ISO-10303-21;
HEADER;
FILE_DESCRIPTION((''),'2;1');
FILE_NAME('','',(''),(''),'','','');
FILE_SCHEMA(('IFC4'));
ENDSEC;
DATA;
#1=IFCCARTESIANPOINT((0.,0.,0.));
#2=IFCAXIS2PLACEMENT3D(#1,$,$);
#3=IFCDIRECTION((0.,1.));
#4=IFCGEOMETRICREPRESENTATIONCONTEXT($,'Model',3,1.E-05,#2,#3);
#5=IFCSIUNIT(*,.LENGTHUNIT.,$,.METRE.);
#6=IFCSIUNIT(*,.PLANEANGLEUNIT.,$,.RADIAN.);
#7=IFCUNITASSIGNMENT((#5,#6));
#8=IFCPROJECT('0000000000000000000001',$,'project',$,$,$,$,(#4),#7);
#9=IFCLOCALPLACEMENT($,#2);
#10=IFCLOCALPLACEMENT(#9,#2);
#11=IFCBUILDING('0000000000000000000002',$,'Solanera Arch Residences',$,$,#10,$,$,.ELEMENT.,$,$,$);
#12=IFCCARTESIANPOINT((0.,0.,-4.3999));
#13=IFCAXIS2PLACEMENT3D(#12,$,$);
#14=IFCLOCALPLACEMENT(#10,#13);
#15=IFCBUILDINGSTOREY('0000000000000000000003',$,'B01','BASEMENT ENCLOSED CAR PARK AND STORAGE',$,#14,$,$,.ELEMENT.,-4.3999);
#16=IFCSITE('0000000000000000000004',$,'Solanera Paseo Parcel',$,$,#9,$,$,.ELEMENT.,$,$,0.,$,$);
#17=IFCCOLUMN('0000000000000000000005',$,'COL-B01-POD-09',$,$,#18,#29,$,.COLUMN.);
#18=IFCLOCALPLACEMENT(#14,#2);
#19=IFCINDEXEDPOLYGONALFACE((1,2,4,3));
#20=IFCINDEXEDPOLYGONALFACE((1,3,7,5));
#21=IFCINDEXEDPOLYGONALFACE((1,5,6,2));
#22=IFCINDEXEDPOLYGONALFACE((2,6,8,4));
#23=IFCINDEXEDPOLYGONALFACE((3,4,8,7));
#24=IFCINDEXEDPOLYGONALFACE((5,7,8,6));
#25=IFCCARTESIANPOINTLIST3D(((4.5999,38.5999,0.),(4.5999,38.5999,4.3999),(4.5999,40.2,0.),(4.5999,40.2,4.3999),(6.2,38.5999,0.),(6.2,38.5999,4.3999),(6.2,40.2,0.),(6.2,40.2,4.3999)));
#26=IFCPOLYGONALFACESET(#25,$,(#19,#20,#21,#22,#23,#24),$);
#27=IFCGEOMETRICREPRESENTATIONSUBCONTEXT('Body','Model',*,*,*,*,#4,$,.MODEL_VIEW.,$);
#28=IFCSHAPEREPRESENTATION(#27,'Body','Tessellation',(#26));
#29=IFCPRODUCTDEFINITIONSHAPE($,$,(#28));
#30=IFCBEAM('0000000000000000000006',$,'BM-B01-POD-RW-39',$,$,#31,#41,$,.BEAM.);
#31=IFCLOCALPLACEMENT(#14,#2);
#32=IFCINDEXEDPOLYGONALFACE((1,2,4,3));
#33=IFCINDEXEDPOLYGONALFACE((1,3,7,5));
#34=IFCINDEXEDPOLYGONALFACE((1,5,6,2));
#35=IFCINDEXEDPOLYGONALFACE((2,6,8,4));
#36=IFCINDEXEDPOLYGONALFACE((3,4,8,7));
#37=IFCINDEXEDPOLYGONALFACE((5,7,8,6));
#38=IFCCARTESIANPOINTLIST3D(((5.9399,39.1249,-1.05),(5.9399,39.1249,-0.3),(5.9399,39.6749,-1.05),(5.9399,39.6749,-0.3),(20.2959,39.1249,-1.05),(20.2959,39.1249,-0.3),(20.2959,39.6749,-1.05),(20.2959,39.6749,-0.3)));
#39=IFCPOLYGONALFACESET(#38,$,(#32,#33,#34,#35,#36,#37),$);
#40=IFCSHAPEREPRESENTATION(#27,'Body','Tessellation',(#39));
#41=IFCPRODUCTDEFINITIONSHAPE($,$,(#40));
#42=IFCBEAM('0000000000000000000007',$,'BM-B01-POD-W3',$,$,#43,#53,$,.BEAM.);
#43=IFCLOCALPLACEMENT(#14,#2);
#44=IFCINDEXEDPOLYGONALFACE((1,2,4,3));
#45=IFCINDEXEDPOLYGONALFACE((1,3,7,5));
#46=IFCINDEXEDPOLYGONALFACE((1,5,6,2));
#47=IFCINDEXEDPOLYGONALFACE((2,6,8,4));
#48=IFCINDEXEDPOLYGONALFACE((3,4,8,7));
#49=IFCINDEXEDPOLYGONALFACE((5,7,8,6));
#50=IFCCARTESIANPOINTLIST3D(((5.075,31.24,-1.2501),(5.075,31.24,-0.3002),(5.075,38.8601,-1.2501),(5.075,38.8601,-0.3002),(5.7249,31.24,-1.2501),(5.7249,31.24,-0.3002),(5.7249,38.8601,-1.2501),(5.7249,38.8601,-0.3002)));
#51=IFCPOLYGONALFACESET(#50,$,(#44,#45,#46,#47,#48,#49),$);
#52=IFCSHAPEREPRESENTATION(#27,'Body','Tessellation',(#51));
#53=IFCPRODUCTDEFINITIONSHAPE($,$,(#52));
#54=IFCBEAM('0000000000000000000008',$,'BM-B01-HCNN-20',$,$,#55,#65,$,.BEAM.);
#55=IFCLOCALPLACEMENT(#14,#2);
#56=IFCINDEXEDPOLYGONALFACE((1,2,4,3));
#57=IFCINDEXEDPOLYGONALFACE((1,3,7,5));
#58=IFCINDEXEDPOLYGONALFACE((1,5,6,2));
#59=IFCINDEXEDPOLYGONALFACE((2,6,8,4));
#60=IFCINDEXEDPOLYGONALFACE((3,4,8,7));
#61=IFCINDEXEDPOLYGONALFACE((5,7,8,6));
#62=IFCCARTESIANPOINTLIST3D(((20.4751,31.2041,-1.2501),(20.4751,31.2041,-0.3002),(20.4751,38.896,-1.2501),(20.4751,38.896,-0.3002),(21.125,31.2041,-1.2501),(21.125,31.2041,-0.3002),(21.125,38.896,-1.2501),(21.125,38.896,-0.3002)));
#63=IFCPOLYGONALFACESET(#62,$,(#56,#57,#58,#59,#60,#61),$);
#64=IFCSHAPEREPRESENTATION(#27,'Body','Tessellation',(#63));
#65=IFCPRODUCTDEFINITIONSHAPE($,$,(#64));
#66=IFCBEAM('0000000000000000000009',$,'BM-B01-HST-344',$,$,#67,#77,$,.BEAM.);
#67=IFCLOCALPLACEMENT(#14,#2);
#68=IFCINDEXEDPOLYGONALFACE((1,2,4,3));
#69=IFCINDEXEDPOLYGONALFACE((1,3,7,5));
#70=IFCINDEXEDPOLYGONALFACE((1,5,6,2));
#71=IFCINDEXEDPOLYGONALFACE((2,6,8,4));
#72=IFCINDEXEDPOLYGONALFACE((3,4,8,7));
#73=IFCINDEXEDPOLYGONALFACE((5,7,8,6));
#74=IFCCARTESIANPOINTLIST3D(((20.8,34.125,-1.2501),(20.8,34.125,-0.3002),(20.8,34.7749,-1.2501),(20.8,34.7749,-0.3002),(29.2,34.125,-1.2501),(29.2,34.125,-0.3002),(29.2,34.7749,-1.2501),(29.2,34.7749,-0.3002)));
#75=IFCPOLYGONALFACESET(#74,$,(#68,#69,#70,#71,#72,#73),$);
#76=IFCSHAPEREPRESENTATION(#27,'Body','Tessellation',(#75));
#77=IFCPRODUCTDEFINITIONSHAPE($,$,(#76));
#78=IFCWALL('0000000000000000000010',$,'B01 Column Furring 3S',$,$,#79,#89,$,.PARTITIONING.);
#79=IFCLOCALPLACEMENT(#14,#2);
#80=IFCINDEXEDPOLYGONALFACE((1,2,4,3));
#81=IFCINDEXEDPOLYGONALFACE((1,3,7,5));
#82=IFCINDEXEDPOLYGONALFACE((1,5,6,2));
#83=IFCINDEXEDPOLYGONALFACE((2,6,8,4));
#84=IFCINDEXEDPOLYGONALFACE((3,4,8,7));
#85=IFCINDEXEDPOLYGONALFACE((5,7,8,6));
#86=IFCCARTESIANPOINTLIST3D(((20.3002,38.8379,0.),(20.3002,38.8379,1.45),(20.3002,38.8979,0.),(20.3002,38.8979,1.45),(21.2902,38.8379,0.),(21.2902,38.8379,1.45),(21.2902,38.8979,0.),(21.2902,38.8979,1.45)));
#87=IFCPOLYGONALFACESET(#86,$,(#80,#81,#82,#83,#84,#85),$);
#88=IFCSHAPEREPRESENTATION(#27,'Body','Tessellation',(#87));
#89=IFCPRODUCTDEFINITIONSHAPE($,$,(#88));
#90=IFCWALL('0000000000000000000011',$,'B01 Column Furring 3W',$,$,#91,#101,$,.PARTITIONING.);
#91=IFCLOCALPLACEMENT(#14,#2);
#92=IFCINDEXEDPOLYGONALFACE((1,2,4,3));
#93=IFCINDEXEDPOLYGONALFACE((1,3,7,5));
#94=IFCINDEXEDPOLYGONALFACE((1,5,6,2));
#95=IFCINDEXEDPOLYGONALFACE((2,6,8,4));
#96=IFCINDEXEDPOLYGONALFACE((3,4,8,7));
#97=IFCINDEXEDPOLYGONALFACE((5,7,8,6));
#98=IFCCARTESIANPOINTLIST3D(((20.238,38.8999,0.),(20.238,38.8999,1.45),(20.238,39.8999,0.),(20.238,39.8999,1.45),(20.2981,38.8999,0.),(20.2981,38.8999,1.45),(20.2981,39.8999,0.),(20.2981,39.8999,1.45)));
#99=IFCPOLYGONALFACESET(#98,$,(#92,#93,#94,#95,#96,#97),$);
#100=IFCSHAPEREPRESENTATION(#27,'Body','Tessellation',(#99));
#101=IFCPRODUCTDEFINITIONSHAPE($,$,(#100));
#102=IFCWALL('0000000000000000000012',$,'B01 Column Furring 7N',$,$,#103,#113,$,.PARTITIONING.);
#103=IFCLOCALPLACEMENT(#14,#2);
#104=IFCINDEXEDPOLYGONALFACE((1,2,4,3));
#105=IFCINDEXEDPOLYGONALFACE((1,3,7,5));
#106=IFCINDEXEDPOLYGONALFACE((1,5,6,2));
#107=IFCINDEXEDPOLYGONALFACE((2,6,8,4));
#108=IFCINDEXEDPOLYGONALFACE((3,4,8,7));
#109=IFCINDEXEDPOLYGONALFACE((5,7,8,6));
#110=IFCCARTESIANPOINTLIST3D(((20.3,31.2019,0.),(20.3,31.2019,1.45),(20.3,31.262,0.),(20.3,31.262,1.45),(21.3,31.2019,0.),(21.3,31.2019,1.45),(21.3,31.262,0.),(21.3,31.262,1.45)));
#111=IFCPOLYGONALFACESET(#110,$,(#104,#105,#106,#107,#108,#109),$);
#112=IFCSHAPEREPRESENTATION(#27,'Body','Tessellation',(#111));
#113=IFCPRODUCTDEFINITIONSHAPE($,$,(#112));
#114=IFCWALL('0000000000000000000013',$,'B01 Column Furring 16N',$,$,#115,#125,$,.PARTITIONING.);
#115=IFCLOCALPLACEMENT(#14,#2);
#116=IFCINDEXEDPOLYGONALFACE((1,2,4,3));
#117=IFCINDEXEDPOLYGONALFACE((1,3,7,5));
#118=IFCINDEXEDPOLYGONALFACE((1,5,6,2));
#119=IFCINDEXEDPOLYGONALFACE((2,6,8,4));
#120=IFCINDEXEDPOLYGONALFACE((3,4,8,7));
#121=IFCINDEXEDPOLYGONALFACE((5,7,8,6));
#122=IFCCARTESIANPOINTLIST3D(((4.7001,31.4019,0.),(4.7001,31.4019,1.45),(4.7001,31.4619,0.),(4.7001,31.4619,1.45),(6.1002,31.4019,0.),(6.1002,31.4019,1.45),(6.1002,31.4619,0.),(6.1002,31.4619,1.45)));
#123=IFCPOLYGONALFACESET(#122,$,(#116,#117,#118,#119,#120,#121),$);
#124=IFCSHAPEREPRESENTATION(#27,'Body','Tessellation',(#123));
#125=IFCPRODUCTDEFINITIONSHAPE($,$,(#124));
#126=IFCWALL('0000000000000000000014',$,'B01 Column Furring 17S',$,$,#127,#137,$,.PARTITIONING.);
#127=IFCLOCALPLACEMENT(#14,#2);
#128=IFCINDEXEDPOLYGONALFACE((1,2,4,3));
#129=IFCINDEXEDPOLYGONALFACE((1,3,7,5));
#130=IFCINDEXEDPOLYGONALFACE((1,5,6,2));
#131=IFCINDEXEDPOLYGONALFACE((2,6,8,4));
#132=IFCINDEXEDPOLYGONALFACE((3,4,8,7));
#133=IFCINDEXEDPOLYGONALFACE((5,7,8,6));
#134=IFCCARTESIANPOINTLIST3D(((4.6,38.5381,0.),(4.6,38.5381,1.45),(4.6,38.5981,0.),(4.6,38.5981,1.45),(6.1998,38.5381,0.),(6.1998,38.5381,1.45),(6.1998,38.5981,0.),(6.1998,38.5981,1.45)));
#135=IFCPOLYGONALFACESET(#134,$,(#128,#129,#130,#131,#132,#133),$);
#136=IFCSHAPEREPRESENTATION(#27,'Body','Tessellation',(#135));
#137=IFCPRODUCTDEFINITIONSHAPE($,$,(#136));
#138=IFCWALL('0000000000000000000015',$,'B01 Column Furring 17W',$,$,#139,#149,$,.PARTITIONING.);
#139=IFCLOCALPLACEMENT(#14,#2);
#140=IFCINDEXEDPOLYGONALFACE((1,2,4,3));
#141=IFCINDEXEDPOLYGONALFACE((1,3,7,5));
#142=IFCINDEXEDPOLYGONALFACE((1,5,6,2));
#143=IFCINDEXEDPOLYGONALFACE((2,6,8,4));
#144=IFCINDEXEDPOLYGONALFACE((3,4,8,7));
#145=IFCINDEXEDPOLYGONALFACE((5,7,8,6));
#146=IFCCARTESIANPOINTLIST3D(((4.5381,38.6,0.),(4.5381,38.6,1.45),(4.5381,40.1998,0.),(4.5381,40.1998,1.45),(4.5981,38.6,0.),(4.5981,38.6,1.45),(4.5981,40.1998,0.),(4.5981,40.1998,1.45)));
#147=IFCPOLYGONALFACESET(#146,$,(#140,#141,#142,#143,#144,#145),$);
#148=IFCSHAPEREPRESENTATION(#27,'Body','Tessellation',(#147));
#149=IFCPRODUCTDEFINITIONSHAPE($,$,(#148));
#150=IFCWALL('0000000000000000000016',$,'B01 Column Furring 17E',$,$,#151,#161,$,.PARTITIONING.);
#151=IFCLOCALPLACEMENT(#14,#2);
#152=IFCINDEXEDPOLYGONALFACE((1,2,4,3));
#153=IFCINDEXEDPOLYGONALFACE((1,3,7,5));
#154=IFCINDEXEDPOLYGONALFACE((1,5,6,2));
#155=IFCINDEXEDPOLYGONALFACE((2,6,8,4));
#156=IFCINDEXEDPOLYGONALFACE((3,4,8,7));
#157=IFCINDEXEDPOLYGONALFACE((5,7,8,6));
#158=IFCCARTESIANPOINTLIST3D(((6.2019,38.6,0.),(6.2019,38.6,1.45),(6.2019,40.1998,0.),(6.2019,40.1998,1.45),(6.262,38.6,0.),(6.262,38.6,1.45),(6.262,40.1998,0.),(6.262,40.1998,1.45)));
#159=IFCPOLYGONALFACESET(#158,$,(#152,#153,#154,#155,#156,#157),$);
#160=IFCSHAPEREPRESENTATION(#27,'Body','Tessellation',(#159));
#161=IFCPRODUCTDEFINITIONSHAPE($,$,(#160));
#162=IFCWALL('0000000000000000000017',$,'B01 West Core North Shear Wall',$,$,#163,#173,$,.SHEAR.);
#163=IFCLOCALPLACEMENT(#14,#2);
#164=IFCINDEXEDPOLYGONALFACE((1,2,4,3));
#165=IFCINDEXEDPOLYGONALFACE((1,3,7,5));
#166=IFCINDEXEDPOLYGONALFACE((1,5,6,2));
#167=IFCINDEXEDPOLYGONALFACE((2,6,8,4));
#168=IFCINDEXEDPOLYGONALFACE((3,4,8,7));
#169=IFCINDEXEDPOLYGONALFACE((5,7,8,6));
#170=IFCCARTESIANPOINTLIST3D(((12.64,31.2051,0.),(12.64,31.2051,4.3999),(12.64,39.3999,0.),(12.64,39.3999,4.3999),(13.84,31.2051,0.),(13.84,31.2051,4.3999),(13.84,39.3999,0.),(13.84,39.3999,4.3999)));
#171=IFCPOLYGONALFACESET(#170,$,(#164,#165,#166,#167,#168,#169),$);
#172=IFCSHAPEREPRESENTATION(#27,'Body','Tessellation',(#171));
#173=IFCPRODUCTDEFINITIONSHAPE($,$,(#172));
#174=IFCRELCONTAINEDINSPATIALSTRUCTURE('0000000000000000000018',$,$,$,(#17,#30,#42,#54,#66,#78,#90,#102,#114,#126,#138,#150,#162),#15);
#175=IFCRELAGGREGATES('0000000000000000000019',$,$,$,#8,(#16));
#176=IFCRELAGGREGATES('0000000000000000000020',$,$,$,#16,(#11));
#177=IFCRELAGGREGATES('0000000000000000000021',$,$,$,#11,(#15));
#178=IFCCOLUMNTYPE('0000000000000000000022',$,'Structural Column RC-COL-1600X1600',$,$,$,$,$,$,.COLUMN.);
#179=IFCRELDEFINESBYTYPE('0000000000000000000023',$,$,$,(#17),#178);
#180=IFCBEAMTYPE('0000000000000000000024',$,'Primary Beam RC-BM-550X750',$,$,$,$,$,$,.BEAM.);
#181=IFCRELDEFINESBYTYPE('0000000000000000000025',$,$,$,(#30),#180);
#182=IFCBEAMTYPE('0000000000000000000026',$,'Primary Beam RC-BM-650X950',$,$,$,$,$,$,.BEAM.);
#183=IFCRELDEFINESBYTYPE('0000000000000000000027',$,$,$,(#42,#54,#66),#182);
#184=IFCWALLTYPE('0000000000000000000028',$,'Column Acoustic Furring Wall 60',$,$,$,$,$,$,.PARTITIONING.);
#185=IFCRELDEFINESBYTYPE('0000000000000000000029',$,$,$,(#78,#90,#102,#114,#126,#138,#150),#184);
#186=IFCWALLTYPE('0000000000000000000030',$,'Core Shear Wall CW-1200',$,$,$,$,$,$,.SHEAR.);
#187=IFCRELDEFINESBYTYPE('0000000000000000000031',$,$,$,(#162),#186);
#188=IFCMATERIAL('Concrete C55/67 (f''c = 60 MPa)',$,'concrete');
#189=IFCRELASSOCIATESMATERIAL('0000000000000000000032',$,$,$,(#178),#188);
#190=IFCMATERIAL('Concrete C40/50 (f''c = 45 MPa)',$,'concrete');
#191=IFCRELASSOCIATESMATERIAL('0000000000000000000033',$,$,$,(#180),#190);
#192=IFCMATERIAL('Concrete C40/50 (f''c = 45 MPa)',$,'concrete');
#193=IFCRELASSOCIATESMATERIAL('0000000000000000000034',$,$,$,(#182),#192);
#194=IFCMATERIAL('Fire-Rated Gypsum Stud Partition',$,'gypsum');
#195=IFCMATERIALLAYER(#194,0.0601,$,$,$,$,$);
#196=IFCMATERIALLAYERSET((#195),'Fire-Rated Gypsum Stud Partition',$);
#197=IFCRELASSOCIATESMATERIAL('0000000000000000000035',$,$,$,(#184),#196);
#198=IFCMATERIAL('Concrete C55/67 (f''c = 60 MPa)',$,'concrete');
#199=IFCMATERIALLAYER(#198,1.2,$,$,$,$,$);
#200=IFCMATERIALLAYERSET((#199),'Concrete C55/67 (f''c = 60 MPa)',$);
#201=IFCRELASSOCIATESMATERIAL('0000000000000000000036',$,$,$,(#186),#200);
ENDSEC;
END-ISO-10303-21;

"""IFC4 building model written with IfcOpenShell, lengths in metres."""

from ifc_helpers import new_model, si_unit, direction, frame, frame_2d, origin, origin_2d, place, context, subcontext, project, spatial, rectangle, extrude, material, layer, layer_set, material_profile, profile_set, type_object, element, save


model = new_model("IFC4")

# Units and contexts
model_context = context("Model", 3, precision=1e-05, world=origin(), true_north=direction((0.0, 1.0)))
body_context = subcontext(model_context, "Body", "Model", "MODEL_VIEW")
ifc_project = project(units=[si_unit("LENGTHUNIT", "METRE"), si_unit("PLANEANGLEUNIT", "RADIAN")], contexts=[model_context])

# Site, building, storey
site_placement = place(None, origin())
site = spatial("IfcSite", under=ifc_project, at=site_placement, Name="Solanera Paseo Parcel", CompositionType="ELEMENT", RefElevation=0.0)
building_placement = place(site_placement, origin())
building = spatial("IfcBuilding", under=site, at=building_placement, Name="Solanera Arch Residences", CompositionType="ELEMENT")
storey_placement = place(building_placement, frame((0.0, 0.0, -4.3999)))
storey = spatial("IfcBuildingStorey", under=building, at=storey_placement, Name="B01", Description="BASEMENT ENCLOSED CAR PARK AND STORAGE", CompositionType="ELEMENT", Elevation=-4.3999)

# Column
ifc_material_1 = material(Name="Concrete C55/67 (f'c = 60 MPa)", Category="concrete")
ifc_material_profile_1 = material_profile(ifc_material_1, rectangle(XDim=1.6001, YDim=1.6001, at=origin_2d()))
ifc_profile_set_1 = profile_set([ifc_material_profile_1], Name="Concrete C55/67 (f'c = 60 MPa)")
column_type = type_object("IfcColumnType", Name="Structural Column RC-COL-1600X1600", PredefinedType="COLUMN", material=ifc_profile_set_1)
column_placement = place(storey_placement, frame((5.3999, 39.3999, 0.0), z_axis=(0.0, 0.0, 1.0), x_axis=(1.0, 0.0, 0.0)))
element("IfcColumn", 1, at=column_placement, inside=storey, type_object=column_type, Name="COL-B01-POD-09", PredefinedType="COLUMN", context=body_context, shape_type="SweptSolid", body=[
    extrude(rectangle(XDim=1.6001, YDim=1.6001, at=origin_2d()), origin(), (0.0, 0.0, 1.0), 4.3999),
])

# Beams
ifc_material_2 = material(Name="Concrete C40/50 (f'c = 45 MPa)", Category="concrete")
ifc_material_profile_2 = material_profile(ifc_material_2, rectangle(XDim=0.55, YDim=0.75, at=origin_2d()))
ifc_profile_set_2 = profile_set([ifc_material_profile_2], Name="Concrete C40/50 (f'c = 45 MPa)")
beam_type_1 = type_object("IfcBeamType", Name="Primary Beam RC-BM-550X750", PredefinedType="BEAM", material=ifc_profile_set_2)
beam_1_placement = place(storey_placement, frame((5.9399, 39.3999, -0.675), z_axis=(1.0, 0.0, 0.0), x_axis=(0.0, 1.0, 0.0)))
element("IfcBeam", 2, at=beam_1_placement, inside=storey, type_object=beam_type_1, Name="BM-B01-POD-RW-39", PredefinedType="BEAM", context=body_context, shape_type="SweptSolid", body=[
    extrude(rectangle(XDim=0.55, YDim=0.75, at=origin_2d()), origin(), (0.0, 0.0, 1.0), 14.356),
])
ifc_material_3 = material(Name="Concrete C40/50 (f'c = 45 MPa)", Category="concrete")
ifc_material_profile_3 = material_profile(ifc_material_3, rectangle(XDim=0.6499, YDim=0.95, at=origin_2d()))
ifc_profile_set_3 = profile_set([ifc_material_profile_3], Name="Concrete C40/50 (f'c = 45 MPa)")
beam_type_2 = type_object("IfcBeamType", Name="Primary Beam RC-BM-650X950", PredefinedType="BEAM", material=ifc_profile_set_3)
beam_2_placement = place(storey_placement, frame((5.3999, 31.24, -0.7751), z_axis=(0.0, 1.0, 0.0), x_axis=(-1.0, 0.0, 0.0)))
element("IfcBeam", 3, at=beam_2_placement, inside=storey, type_object=beam_type_2, Name="BM-B01-POD-W3", PredefinedType="BEAM", context=body_context, shape_type="SweptSolid", body=[
    extrude(rectangle(XDim=0.6499, YDim=0.95, at=origin_2d()), origin(), (0.0, 0.0, 1.0), 7.6201),
])
beam_3_placement = place(storey_placement, frame((20.8, 31.2041, -0.7751), z_axis=(0.0, 1.0, 0.0), x_axis=(-1.0, 0.0, 0.0)))
element("IfcBeam", 4, at=beam_3_placement, inside=storey, type_object=beam_type_2, Name="BM-B01-HCNN-20", PredefinedType="BEAM", context=body_context, shape_type="SweptSolid", body=[
    extrude(rectangle(XDim=0.6499, YDim=0.95, at=origin_2d()), origin(), (0.0, 0.0, 1.0), 7.6919),
])
beam_4_placement = place(storey_placement, frame((20.8, 34.45, -0.7751), z_axis=(1.0, 0.0, 0.0), x_axis=(0.0, 1.0, 0.0)))
element("IfcBeam", 5, at=beam_4_placement, inside=storey, type_object=beam_type_2, Name="BM-B01-HST-344", PredefinedType="BEAM", context=body_context, shape_type="SweptSolid", body=[
    extrude(rectangle(XDim=0.6499, YDim=0.95, at=origin_2d()), origin(), (0.0, 0.0, 1.0), 8.3999),
])

# Walls
ifc_material_4 = material(Name="Fire-Rated Gypsum Stud Partition", Category="gypsum")
ifc_layer_1 = layer(ifc_material_4, 0.0601)
ifc_layer_set_1 = layer_set([ifc_layer_1], Name="Fire-Rated Gypsum Stud Partition")
wall_type_1 = type_object("IfcWallType", Name="Column Acoustic Furring Wall 60", PredefinedType="PARTITIONING", material=ifc_layer_set_1)
wall_1_placement = place(storey_placement, frame((20.3, 38.8679, 0.0), z_axis=(0.0, 0.0, 1.0), x_axis=(1.0, 0.0, 0.0)))
element("IfcWall", 6, at=wall_1_placement, inside=storey, type_object=wall_type_1, Name="B01 Column Furring 3S", PredefinedType="PARTITIONING", context=body_context, shape_type="SweptSolid", body=[
    extrude(rectangle(XDim=0.99, YDim=0.0601, at=frame_2d((0.4951, 0.0))), origin(), (0.0, 0.0, 1.0), 1.45),
])
for number, where, z_axis, x_axis, name in (
    (7, (20.2681, 38.8999, 0.0), (0.0, 0.0, 1.0), (0.0, 1.0, 0.0), "B01 Column Furring 3W"),
    (8, (20.3, 31.2319, 0.0), (0.0, 0.0, 1.0), (1.0, 0.0, 0.0), "B01 Column Furring 7N"),
):
    element("IfcWall", number, at=place(storey_placement, frame(where, z_axis=z_axis, x_axis=x_axis)), inside=storey, type_object=wall_type_1, Name=name, PredefinedType="PARTITIONING", context=body_context, shape_type="SweptSolid", body=[
        extrude(rectangle(XDim=1.0, YDim=0.0601, at=frame_2d((0.5, 0.0))), origin(), (0.0, 0.0, 1.0), 1.45),
    ])
wall_2_placement = place(storey_placement, frame((4.7, 31.4319, 0.0), z_axis=(0.0, 0.0, 1.0), x_axis=(1.0, 0.0, 0.0)))
element("IfcWall", 9, at=wall_2_placement, inside=storey, type_object=wall_type_1, Name="B01 Column Furring 16N", PredefinedType="PARTITIONING", context=body_context, shape_type="SweptSolid", body=[
    extrude(rectangle(XDim=1.4001, YDim=0.0601, at=frame_2d((0.7002, 0.0))), origin(), (0.0, 0.0, 1.0), 1.45),
])
for number, where, z_axis, x_axis, name in (
    (10, (4.6001, 38.5681, 0.0), (0.0, 0.0, 1.0), (1.0, 0.0, 0.0), "B01 Column Furring 17S"),
    (11, (4.5681, 38.6001, 0.0), (0.0, 0.0, 1.0), (0.0, 1.0, 0.0), "B01 Column Furring 17W"),
    (12, (6.2319, 38.6001, 0.0), (0.0, 0.0, 1.0), (0.0, 1.0, 0.0), "B01 Column Furring 17E"),
):
    element("IfcWall", number, at=place(storey_placement, frame(where, z_axis=z_axis, x_axis=x_axis)), inside=storey, type_object=wall_type_1, Name=name, PredefinedType="PARTITIONING", context=body_context, shape_type="SweptSolid", body=[
        extrude(rectangle(XDim=1.5999, YDim=0.0601, at=frame_2d((0.7998, 0.0))), origin(), (0.0, 0.0, 1.0), 1.45),
    ])
ifc_material_5 = material(Name="Concrete C55/67 (f'c = 60 MPa)", Category="concrete")
ifc_layer_2 = layer(ifc_material_5, 1.2)
ifc_layer_set_2 = layer_set([ifc_layer_2], Name="Concrete C55/67 (f'c = 60 MPa)")
wall_type_2 = type_object("IfcWallType", Name="Core Shear Wall CW-1200", PredefinedType="SHEAR", material=ifc_layer_set_2)
wall_3_placement = place(storey_placement, frame((13.24, 31.2051, 0.0), z_axis=(0.0, 0.0, 1.0), x_axis=(0.0, 1.0, 0.0)))
element("IfcWall", 13, at=wall_3_placement, inside=storey, type_object=wall_type_2, Name="B01 West Core North Shear Wall", PredefinedType="SHEAR", context=body_context, shape_type="SweptSolid", body=[
    extrude(rectangle(XDim=8.1948, YDim=1.2, at=frame_2d((4.0974, 0.0))), origin(), (0.0, 0.0, 1.0), 4.3999),
])

save(model, "model.ifc")
